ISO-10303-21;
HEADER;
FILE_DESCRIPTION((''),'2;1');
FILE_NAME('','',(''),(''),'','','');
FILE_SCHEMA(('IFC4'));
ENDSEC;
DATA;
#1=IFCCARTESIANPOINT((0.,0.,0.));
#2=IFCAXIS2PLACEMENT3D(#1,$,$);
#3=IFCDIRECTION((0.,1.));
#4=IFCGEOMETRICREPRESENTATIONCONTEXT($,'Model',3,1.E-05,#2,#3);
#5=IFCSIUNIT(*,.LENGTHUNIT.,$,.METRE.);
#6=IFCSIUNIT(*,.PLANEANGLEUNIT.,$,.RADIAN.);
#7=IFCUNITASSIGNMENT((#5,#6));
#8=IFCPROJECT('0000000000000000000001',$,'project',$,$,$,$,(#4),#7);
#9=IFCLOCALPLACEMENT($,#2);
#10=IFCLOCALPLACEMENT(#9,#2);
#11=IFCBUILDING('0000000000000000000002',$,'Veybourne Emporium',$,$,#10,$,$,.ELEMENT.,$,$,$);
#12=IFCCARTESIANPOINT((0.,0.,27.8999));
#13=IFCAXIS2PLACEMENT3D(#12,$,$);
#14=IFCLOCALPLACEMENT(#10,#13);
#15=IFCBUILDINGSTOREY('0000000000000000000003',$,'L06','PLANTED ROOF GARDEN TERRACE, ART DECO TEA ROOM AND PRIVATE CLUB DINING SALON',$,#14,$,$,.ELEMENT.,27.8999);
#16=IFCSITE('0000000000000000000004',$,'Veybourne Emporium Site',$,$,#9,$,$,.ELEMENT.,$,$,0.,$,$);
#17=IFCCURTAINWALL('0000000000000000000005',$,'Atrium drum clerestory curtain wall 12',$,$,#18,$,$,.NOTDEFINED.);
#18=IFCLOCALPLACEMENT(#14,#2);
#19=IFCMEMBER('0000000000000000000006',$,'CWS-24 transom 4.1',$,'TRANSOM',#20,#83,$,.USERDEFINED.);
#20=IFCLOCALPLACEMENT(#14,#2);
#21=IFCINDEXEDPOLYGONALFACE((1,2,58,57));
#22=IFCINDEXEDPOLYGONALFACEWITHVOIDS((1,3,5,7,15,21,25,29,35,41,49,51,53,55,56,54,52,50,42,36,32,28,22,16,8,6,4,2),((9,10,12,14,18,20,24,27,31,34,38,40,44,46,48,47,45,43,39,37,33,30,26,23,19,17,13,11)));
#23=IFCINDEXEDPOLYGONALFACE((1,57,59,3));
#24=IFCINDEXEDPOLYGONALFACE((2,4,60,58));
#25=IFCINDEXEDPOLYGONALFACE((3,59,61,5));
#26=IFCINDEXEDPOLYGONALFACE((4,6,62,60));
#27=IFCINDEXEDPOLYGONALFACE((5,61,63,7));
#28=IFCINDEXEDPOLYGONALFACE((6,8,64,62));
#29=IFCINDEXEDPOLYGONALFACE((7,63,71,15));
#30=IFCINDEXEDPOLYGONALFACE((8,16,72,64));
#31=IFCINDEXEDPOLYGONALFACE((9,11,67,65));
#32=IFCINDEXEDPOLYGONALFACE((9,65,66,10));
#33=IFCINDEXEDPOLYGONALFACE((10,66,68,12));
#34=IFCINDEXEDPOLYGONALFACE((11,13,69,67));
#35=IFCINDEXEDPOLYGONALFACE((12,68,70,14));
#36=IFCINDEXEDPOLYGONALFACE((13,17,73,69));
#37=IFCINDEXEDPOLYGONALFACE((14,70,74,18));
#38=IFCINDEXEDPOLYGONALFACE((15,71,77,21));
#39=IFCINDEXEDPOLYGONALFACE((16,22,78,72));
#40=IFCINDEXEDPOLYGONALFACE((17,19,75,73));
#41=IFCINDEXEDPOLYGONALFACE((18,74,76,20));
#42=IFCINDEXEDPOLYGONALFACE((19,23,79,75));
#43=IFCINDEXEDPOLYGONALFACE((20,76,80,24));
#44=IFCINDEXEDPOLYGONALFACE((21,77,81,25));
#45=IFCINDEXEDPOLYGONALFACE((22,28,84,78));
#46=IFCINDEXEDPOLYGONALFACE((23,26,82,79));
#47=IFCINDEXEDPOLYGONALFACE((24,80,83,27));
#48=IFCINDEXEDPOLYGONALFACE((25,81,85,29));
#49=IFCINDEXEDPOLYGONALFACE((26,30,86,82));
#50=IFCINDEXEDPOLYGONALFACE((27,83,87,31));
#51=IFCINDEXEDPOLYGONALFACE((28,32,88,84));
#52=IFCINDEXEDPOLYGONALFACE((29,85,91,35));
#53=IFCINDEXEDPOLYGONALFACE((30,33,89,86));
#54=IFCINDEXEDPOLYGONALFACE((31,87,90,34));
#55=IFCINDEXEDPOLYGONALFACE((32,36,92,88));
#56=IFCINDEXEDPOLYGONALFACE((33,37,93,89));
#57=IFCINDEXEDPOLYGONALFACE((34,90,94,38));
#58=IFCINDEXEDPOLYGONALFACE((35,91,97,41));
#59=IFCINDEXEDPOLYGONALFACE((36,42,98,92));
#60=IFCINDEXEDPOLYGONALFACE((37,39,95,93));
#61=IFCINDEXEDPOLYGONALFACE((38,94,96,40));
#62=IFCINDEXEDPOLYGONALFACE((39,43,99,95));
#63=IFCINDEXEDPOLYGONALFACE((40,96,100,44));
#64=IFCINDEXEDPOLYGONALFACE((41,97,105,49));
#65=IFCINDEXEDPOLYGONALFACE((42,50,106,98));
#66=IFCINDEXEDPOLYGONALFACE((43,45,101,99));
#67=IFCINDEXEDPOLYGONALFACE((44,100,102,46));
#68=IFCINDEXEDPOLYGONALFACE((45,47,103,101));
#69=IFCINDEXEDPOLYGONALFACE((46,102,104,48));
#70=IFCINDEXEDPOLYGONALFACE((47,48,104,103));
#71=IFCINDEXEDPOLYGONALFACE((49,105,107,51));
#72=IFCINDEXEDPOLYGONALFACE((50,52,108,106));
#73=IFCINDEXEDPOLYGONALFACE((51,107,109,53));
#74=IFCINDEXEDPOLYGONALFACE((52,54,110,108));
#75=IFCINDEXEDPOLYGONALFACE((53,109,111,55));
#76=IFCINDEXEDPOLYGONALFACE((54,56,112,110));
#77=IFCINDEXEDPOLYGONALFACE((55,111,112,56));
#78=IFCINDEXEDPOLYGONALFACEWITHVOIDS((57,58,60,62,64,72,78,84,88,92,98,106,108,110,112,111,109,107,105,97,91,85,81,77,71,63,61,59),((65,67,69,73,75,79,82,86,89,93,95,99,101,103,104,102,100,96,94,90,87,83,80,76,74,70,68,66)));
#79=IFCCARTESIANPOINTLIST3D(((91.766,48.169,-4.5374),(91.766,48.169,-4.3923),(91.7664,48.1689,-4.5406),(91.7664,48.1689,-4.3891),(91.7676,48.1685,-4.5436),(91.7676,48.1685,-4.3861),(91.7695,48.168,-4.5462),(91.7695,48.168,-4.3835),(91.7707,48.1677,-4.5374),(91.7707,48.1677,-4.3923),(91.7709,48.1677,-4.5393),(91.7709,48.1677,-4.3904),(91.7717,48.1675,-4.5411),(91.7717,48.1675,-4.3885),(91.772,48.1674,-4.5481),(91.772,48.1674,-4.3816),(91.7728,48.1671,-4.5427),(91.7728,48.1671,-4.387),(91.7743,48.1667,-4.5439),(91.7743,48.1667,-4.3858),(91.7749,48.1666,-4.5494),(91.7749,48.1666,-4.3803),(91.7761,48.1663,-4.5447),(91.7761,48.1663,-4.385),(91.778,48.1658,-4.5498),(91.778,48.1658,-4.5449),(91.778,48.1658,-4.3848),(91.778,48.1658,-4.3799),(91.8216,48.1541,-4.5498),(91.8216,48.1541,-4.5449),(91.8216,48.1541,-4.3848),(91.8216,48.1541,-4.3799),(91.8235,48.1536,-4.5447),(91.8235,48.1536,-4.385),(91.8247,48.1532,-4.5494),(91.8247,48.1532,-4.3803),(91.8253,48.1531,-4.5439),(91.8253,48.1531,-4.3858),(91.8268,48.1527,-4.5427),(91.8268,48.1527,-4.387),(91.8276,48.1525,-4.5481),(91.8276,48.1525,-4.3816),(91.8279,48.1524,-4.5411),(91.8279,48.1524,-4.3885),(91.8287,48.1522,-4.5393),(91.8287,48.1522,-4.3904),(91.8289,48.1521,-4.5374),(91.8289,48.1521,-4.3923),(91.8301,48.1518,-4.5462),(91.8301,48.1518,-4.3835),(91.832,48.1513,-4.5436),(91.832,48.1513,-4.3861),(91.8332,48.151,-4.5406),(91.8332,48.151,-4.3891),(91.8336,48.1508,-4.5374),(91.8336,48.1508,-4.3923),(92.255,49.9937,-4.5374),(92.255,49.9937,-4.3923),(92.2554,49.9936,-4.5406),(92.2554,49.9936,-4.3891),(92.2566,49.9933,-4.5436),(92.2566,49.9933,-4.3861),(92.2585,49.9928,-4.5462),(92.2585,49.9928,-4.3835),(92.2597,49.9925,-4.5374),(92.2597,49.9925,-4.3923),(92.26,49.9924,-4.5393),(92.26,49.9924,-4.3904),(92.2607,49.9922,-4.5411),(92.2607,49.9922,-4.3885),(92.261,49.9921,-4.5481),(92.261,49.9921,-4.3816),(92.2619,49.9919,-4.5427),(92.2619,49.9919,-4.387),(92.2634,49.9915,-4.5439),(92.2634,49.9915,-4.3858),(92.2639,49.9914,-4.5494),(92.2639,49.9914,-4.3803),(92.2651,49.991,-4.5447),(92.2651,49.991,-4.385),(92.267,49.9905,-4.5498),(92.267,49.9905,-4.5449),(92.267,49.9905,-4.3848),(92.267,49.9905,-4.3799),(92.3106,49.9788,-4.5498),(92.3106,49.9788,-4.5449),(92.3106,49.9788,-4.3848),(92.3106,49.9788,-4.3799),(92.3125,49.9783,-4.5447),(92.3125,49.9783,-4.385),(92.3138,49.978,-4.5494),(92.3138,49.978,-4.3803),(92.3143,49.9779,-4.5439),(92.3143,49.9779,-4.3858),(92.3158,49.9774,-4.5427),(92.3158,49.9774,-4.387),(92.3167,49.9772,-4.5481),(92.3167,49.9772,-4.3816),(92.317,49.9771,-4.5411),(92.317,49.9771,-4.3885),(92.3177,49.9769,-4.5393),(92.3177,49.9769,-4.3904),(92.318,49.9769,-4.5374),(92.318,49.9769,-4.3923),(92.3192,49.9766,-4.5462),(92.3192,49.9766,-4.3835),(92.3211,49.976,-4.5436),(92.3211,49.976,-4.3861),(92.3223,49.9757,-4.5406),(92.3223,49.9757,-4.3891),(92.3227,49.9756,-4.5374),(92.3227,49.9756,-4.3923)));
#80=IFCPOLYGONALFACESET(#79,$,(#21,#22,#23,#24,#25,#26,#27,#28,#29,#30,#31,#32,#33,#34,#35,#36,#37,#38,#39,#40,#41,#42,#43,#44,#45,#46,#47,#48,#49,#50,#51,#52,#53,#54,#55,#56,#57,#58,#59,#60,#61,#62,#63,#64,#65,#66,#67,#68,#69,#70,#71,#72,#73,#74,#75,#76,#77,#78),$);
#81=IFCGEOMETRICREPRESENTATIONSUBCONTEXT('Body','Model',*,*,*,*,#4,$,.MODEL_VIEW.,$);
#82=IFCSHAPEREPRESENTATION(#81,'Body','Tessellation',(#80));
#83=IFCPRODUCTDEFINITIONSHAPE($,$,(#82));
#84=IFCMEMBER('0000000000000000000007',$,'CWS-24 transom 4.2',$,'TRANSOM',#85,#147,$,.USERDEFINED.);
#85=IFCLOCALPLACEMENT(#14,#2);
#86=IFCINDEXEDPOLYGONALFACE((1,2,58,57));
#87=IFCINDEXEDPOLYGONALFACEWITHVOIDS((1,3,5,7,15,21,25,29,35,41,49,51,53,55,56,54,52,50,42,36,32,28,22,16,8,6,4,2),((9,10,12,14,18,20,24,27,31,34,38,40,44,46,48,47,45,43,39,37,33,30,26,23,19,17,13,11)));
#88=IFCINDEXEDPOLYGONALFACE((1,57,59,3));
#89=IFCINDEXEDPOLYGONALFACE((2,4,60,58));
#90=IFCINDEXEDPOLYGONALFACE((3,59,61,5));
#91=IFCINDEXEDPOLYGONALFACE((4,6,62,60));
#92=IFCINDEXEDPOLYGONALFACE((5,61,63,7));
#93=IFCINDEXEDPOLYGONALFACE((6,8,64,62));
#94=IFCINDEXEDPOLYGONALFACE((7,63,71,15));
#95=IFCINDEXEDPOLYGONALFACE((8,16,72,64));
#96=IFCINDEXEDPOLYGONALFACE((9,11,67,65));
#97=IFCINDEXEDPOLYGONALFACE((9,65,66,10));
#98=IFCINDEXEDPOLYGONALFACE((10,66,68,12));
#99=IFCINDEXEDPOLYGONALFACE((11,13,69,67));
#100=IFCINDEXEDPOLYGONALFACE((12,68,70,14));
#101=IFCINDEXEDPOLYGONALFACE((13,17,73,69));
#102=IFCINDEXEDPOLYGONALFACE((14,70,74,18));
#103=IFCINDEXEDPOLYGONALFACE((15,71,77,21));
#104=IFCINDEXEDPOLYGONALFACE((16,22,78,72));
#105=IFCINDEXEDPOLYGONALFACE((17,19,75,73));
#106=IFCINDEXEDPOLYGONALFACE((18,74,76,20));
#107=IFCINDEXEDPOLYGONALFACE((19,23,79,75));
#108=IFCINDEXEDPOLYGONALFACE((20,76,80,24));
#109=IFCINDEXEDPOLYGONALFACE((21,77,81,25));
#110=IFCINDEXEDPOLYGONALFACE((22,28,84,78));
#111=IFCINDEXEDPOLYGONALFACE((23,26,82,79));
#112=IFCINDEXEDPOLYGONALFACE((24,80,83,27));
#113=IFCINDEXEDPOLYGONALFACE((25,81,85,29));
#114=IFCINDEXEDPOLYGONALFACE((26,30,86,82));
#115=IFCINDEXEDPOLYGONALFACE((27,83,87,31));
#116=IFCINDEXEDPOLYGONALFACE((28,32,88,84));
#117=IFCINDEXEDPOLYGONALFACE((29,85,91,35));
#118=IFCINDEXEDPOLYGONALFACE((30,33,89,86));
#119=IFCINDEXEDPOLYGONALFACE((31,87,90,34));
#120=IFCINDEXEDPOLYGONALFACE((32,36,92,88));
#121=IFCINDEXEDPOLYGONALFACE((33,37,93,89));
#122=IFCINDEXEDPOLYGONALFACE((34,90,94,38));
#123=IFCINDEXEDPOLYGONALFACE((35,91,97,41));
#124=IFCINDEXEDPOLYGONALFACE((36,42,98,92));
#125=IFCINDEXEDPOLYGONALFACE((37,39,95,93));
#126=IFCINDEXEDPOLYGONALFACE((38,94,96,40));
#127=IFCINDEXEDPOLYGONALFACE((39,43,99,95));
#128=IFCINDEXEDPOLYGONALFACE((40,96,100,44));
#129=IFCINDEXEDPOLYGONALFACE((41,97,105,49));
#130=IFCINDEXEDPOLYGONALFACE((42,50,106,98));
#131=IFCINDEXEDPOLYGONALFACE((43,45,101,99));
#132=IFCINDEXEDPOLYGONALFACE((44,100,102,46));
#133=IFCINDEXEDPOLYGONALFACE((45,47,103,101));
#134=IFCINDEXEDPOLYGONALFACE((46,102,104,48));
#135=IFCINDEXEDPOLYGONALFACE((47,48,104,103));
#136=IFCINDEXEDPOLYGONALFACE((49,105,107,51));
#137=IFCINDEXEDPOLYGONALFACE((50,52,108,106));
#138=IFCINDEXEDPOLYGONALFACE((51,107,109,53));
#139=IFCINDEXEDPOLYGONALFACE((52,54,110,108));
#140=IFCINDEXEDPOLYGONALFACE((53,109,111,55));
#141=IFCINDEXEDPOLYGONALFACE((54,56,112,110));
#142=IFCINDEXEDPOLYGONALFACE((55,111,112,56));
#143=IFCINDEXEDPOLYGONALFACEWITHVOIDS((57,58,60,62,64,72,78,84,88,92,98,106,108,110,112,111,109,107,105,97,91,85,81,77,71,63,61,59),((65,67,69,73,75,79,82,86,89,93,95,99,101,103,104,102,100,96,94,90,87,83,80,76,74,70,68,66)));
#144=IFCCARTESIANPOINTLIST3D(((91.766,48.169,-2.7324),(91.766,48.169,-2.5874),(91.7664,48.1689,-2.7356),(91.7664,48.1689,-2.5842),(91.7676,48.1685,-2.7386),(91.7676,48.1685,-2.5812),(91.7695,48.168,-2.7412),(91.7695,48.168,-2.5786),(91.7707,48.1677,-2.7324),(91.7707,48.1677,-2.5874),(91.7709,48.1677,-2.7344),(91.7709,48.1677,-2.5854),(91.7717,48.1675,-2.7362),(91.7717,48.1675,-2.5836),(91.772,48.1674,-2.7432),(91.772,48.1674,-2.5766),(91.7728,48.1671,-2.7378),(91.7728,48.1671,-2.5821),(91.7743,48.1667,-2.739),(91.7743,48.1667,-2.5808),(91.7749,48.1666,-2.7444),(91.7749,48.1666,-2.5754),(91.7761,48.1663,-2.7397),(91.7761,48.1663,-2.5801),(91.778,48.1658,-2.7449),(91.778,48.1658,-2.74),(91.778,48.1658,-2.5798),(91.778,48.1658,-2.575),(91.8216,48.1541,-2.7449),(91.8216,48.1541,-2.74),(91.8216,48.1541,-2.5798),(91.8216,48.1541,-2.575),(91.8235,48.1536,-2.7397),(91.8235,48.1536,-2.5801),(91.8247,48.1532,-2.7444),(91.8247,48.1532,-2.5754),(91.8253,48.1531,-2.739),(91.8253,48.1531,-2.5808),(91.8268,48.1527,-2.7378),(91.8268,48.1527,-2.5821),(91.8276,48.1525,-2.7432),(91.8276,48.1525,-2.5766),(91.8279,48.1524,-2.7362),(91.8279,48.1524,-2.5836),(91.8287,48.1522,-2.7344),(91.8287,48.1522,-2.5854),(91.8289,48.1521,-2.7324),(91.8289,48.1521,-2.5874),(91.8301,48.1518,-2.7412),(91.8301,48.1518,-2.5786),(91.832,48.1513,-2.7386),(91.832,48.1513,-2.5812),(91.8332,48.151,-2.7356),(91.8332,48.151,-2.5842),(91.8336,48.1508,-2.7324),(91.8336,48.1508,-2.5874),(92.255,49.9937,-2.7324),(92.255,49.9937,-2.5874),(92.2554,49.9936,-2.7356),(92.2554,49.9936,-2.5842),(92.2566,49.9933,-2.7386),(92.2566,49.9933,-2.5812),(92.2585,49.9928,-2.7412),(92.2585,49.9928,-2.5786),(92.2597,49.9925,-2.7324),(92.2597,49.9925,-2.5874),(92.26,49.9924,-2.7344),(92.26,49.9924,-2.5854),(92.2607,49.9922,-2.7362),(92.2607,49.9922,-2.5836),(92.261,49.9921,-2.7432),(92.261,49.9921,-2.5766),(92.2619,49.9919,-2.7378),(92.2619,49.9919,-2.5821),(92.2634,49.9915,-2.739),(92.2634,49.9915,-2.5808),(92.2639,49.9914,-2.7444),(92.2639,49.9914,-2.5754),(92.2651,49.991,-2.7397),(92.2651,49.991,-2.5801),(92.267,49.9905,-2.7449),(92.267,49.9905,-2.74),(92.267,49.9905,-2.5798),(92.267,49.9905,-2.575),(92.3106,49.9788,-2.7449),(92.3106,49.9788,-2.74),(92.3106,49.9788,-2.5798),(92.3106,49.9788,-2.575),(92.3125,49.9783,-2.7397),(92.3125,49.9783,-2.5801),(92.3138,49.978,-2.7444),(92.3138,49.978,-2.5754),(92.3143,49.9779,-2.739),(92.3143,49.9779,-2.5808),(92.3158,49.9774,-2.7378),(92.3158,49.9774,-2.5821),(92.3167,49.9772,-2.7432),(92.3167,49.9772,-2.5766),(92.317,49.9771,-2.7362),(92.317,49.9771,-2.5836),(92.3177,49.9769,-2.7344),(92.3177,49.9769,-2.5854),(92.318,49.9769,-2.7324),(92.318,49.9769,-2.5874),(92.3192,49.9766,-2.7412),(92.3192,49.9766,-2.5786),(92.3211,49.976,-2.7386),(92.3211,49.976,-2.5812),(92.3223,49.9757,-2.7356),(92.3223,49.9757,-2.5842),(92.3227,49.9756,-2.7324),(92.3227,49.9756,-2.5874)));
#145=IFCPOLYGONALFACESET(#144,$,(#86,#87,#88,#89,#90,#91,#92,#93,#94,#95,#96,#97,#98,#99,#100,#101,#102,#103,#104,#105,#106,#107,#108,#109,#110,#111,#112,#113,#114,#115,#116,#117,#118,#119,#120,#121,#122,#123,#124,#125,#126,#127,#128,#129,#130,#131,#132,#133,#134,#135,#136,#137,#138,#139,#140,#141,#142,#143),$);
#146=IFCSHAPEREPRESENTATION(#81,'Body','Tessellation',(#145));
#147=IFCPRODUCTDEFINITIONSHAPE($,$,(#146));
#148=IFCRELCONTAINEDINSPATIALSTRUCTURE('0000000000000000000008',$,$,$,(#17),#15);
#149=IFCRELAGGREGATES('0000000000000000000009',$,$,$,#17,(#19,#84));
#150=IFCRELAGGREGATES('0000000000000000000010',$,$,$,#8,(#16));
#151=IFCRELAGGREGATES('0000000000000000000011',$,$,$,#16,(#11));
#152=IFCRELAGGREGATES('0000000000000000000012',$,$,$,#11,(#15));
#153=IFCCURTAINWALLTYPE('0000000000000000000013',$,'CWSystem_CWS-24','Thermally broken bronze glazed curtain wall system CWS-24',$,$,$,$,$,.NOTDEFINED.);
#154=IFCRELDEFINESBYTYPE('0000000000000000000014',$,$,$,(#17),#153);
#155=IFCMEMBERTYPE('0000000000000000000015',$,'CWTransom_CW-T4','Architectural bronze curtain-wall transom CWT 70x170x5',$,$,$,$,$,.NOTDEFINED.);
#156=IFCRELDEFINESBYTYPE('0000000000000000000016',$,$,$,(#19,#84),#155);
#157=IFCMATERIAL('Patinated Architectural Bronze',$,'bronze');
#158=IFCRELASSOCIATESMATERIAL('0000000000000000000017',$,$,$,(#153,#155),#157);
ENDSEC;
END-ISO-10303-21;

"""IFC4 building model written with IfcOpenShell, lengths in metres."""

from ifc_helpers import new_model, si_unit, direction, frame, origin, origin_2d, place, context, subcontext, project, spatial, hollow_rectangle, extrude, material, material_profile, profile_set, type_object, element, aggregate, save


model = new_model("IFC4")

# Units and contexts
model_context = context("Model", 3, precision=1e-05, world=origin(), true_north=direction((0.0, 1.0)))
body_context = subcontext(model_context, "Body", "Model", "MODEL_VIEW")
ifc_project = project(units=[si_unit("LENGTHUNIT", "METRE"), si_unit("PLANEANGLEUNIT", "RADIAN")], contexts=[model_context])

# Site, building, storey
site_placement = place(None, origin())
site = spatial("IfcSite", under=ifc_project, at=site_placement, Name="Veybourne Emporium Site", CompositionType="ELEMENT", RefElevation=0.0)
building_placement = place(site_placement, origin())
building = spatial("IfcBuilding", under=site, at=building_placement, Name="Veybourne Emporium", CompositionType="ELEMENT")
storey_placement = place(building_placement, frame((0.0, 0.0, 27.8999)))
storey = spatial("IfcBuildingStorey", under=building, at=storey_placement, Name="L06", Description="PLANTED ROOF GARDEN TERRACE, ART DECO TEA ROOM AND PRIVATE CLUB DINING SALON", CompositionType="ELEMENT", Elevation=27.8999)

# Shared definitions
ifc_material_1 = material(Name="Patinated Architectural Bronze", Category="bronze")

# Curtain wall
curtain_wall_type_1 = type_object("IfcCurtainWallType", Name="CWSystem_CWS-24", Description="Thermally broken bronze glazed curtain wall system CWS-24", PredefinedType="NOTDEFINED", material=ifc_material_1)
curtain_wall_1_placement = place(storey_placement, origin())
curtain_wall_1 = element("IfcCurtainWall", 1, at=curtain_wall_1_placement, inside=storey, type_object=curtain_wall_type_1, Name="Atrium drum clerestory curtain wall 12", PredefinedType="NOTDEFINED")

# Members
ifc_material_profile_1 = material_profile(ifc_material_1, hollow_rectangle(XDim=0.0701, YDim=0.1699, WallThickness=0.0049, InnerFilletRadius=0.0076, OuterFilletRadius=0.0125, at=origin_2d()), Name="CWT 70x170x5")
ifc_profile_set_1 = profile_set([ifc_material_profile_1], Name="Patinated Architectural Bronze")
member_type_1 = type_object("IfcMemberType", Name="CWTransom_CW-T4", Description="Architectural bronze curtain-wall transom CWT 70x170x5", PredefinedType="NOTDEFINED", material=ifc_profile_set_1)
member_1_placement = place(storey_placement, frame((91.7998, 48.1599, -4.4648), z_axis=(0.258861, 0.965915, 0.0), x_axis=(-0.965915, 0.258861, 0.0)))
member_1 = element("IfcMember", 2, at=member_1_placement, type_object=member_type_1, Name="CWS-24 transom 4.1", ObjectType="TRANSOM", PredefinedType="USERDEFINED", context=body_context, shape_type="SweptSolid", body=[
    extrude(hollow_rectangle(XDim=0.0701, YDim=0.1699, WallThickness=0.0049, InnerFilletRadius=0.0076, OuterFilletRadius=0.0125, at=origin_2d()), origin(), (0.0, 0.0, 1.0), 1.8892),
])
member_2_placement = place(storey_placement, frame((91.7998, 48.1599, -2.6599), z_axis=(0.258861, 0.965915, 0.0), x_axis=(-0.965915, 0.258861, 0.0)))
member_2 = element("IfcMember", 3, at=member_2_placement, type_object=member_type_1, Name="CWS-24 transom 4.2", ObjectType="TRANSOM", PredefinedType="USERDEFINED", context=body_context, shape_type="SweptSolid", body=[
    extrude(hollow_rectangle(XDim=0.0701, YDim=0.1699, WallThickness=0.0049, InnerFilletRadius=0.0076, OuterFilletRadius=0.0125, at=origin_2d()), origin(), (0.0, 0.0, 1.0), 1.8892),
])

aggregate(curtain_wall_1, [member_1, member_2])

save(model, "model.ifc")
